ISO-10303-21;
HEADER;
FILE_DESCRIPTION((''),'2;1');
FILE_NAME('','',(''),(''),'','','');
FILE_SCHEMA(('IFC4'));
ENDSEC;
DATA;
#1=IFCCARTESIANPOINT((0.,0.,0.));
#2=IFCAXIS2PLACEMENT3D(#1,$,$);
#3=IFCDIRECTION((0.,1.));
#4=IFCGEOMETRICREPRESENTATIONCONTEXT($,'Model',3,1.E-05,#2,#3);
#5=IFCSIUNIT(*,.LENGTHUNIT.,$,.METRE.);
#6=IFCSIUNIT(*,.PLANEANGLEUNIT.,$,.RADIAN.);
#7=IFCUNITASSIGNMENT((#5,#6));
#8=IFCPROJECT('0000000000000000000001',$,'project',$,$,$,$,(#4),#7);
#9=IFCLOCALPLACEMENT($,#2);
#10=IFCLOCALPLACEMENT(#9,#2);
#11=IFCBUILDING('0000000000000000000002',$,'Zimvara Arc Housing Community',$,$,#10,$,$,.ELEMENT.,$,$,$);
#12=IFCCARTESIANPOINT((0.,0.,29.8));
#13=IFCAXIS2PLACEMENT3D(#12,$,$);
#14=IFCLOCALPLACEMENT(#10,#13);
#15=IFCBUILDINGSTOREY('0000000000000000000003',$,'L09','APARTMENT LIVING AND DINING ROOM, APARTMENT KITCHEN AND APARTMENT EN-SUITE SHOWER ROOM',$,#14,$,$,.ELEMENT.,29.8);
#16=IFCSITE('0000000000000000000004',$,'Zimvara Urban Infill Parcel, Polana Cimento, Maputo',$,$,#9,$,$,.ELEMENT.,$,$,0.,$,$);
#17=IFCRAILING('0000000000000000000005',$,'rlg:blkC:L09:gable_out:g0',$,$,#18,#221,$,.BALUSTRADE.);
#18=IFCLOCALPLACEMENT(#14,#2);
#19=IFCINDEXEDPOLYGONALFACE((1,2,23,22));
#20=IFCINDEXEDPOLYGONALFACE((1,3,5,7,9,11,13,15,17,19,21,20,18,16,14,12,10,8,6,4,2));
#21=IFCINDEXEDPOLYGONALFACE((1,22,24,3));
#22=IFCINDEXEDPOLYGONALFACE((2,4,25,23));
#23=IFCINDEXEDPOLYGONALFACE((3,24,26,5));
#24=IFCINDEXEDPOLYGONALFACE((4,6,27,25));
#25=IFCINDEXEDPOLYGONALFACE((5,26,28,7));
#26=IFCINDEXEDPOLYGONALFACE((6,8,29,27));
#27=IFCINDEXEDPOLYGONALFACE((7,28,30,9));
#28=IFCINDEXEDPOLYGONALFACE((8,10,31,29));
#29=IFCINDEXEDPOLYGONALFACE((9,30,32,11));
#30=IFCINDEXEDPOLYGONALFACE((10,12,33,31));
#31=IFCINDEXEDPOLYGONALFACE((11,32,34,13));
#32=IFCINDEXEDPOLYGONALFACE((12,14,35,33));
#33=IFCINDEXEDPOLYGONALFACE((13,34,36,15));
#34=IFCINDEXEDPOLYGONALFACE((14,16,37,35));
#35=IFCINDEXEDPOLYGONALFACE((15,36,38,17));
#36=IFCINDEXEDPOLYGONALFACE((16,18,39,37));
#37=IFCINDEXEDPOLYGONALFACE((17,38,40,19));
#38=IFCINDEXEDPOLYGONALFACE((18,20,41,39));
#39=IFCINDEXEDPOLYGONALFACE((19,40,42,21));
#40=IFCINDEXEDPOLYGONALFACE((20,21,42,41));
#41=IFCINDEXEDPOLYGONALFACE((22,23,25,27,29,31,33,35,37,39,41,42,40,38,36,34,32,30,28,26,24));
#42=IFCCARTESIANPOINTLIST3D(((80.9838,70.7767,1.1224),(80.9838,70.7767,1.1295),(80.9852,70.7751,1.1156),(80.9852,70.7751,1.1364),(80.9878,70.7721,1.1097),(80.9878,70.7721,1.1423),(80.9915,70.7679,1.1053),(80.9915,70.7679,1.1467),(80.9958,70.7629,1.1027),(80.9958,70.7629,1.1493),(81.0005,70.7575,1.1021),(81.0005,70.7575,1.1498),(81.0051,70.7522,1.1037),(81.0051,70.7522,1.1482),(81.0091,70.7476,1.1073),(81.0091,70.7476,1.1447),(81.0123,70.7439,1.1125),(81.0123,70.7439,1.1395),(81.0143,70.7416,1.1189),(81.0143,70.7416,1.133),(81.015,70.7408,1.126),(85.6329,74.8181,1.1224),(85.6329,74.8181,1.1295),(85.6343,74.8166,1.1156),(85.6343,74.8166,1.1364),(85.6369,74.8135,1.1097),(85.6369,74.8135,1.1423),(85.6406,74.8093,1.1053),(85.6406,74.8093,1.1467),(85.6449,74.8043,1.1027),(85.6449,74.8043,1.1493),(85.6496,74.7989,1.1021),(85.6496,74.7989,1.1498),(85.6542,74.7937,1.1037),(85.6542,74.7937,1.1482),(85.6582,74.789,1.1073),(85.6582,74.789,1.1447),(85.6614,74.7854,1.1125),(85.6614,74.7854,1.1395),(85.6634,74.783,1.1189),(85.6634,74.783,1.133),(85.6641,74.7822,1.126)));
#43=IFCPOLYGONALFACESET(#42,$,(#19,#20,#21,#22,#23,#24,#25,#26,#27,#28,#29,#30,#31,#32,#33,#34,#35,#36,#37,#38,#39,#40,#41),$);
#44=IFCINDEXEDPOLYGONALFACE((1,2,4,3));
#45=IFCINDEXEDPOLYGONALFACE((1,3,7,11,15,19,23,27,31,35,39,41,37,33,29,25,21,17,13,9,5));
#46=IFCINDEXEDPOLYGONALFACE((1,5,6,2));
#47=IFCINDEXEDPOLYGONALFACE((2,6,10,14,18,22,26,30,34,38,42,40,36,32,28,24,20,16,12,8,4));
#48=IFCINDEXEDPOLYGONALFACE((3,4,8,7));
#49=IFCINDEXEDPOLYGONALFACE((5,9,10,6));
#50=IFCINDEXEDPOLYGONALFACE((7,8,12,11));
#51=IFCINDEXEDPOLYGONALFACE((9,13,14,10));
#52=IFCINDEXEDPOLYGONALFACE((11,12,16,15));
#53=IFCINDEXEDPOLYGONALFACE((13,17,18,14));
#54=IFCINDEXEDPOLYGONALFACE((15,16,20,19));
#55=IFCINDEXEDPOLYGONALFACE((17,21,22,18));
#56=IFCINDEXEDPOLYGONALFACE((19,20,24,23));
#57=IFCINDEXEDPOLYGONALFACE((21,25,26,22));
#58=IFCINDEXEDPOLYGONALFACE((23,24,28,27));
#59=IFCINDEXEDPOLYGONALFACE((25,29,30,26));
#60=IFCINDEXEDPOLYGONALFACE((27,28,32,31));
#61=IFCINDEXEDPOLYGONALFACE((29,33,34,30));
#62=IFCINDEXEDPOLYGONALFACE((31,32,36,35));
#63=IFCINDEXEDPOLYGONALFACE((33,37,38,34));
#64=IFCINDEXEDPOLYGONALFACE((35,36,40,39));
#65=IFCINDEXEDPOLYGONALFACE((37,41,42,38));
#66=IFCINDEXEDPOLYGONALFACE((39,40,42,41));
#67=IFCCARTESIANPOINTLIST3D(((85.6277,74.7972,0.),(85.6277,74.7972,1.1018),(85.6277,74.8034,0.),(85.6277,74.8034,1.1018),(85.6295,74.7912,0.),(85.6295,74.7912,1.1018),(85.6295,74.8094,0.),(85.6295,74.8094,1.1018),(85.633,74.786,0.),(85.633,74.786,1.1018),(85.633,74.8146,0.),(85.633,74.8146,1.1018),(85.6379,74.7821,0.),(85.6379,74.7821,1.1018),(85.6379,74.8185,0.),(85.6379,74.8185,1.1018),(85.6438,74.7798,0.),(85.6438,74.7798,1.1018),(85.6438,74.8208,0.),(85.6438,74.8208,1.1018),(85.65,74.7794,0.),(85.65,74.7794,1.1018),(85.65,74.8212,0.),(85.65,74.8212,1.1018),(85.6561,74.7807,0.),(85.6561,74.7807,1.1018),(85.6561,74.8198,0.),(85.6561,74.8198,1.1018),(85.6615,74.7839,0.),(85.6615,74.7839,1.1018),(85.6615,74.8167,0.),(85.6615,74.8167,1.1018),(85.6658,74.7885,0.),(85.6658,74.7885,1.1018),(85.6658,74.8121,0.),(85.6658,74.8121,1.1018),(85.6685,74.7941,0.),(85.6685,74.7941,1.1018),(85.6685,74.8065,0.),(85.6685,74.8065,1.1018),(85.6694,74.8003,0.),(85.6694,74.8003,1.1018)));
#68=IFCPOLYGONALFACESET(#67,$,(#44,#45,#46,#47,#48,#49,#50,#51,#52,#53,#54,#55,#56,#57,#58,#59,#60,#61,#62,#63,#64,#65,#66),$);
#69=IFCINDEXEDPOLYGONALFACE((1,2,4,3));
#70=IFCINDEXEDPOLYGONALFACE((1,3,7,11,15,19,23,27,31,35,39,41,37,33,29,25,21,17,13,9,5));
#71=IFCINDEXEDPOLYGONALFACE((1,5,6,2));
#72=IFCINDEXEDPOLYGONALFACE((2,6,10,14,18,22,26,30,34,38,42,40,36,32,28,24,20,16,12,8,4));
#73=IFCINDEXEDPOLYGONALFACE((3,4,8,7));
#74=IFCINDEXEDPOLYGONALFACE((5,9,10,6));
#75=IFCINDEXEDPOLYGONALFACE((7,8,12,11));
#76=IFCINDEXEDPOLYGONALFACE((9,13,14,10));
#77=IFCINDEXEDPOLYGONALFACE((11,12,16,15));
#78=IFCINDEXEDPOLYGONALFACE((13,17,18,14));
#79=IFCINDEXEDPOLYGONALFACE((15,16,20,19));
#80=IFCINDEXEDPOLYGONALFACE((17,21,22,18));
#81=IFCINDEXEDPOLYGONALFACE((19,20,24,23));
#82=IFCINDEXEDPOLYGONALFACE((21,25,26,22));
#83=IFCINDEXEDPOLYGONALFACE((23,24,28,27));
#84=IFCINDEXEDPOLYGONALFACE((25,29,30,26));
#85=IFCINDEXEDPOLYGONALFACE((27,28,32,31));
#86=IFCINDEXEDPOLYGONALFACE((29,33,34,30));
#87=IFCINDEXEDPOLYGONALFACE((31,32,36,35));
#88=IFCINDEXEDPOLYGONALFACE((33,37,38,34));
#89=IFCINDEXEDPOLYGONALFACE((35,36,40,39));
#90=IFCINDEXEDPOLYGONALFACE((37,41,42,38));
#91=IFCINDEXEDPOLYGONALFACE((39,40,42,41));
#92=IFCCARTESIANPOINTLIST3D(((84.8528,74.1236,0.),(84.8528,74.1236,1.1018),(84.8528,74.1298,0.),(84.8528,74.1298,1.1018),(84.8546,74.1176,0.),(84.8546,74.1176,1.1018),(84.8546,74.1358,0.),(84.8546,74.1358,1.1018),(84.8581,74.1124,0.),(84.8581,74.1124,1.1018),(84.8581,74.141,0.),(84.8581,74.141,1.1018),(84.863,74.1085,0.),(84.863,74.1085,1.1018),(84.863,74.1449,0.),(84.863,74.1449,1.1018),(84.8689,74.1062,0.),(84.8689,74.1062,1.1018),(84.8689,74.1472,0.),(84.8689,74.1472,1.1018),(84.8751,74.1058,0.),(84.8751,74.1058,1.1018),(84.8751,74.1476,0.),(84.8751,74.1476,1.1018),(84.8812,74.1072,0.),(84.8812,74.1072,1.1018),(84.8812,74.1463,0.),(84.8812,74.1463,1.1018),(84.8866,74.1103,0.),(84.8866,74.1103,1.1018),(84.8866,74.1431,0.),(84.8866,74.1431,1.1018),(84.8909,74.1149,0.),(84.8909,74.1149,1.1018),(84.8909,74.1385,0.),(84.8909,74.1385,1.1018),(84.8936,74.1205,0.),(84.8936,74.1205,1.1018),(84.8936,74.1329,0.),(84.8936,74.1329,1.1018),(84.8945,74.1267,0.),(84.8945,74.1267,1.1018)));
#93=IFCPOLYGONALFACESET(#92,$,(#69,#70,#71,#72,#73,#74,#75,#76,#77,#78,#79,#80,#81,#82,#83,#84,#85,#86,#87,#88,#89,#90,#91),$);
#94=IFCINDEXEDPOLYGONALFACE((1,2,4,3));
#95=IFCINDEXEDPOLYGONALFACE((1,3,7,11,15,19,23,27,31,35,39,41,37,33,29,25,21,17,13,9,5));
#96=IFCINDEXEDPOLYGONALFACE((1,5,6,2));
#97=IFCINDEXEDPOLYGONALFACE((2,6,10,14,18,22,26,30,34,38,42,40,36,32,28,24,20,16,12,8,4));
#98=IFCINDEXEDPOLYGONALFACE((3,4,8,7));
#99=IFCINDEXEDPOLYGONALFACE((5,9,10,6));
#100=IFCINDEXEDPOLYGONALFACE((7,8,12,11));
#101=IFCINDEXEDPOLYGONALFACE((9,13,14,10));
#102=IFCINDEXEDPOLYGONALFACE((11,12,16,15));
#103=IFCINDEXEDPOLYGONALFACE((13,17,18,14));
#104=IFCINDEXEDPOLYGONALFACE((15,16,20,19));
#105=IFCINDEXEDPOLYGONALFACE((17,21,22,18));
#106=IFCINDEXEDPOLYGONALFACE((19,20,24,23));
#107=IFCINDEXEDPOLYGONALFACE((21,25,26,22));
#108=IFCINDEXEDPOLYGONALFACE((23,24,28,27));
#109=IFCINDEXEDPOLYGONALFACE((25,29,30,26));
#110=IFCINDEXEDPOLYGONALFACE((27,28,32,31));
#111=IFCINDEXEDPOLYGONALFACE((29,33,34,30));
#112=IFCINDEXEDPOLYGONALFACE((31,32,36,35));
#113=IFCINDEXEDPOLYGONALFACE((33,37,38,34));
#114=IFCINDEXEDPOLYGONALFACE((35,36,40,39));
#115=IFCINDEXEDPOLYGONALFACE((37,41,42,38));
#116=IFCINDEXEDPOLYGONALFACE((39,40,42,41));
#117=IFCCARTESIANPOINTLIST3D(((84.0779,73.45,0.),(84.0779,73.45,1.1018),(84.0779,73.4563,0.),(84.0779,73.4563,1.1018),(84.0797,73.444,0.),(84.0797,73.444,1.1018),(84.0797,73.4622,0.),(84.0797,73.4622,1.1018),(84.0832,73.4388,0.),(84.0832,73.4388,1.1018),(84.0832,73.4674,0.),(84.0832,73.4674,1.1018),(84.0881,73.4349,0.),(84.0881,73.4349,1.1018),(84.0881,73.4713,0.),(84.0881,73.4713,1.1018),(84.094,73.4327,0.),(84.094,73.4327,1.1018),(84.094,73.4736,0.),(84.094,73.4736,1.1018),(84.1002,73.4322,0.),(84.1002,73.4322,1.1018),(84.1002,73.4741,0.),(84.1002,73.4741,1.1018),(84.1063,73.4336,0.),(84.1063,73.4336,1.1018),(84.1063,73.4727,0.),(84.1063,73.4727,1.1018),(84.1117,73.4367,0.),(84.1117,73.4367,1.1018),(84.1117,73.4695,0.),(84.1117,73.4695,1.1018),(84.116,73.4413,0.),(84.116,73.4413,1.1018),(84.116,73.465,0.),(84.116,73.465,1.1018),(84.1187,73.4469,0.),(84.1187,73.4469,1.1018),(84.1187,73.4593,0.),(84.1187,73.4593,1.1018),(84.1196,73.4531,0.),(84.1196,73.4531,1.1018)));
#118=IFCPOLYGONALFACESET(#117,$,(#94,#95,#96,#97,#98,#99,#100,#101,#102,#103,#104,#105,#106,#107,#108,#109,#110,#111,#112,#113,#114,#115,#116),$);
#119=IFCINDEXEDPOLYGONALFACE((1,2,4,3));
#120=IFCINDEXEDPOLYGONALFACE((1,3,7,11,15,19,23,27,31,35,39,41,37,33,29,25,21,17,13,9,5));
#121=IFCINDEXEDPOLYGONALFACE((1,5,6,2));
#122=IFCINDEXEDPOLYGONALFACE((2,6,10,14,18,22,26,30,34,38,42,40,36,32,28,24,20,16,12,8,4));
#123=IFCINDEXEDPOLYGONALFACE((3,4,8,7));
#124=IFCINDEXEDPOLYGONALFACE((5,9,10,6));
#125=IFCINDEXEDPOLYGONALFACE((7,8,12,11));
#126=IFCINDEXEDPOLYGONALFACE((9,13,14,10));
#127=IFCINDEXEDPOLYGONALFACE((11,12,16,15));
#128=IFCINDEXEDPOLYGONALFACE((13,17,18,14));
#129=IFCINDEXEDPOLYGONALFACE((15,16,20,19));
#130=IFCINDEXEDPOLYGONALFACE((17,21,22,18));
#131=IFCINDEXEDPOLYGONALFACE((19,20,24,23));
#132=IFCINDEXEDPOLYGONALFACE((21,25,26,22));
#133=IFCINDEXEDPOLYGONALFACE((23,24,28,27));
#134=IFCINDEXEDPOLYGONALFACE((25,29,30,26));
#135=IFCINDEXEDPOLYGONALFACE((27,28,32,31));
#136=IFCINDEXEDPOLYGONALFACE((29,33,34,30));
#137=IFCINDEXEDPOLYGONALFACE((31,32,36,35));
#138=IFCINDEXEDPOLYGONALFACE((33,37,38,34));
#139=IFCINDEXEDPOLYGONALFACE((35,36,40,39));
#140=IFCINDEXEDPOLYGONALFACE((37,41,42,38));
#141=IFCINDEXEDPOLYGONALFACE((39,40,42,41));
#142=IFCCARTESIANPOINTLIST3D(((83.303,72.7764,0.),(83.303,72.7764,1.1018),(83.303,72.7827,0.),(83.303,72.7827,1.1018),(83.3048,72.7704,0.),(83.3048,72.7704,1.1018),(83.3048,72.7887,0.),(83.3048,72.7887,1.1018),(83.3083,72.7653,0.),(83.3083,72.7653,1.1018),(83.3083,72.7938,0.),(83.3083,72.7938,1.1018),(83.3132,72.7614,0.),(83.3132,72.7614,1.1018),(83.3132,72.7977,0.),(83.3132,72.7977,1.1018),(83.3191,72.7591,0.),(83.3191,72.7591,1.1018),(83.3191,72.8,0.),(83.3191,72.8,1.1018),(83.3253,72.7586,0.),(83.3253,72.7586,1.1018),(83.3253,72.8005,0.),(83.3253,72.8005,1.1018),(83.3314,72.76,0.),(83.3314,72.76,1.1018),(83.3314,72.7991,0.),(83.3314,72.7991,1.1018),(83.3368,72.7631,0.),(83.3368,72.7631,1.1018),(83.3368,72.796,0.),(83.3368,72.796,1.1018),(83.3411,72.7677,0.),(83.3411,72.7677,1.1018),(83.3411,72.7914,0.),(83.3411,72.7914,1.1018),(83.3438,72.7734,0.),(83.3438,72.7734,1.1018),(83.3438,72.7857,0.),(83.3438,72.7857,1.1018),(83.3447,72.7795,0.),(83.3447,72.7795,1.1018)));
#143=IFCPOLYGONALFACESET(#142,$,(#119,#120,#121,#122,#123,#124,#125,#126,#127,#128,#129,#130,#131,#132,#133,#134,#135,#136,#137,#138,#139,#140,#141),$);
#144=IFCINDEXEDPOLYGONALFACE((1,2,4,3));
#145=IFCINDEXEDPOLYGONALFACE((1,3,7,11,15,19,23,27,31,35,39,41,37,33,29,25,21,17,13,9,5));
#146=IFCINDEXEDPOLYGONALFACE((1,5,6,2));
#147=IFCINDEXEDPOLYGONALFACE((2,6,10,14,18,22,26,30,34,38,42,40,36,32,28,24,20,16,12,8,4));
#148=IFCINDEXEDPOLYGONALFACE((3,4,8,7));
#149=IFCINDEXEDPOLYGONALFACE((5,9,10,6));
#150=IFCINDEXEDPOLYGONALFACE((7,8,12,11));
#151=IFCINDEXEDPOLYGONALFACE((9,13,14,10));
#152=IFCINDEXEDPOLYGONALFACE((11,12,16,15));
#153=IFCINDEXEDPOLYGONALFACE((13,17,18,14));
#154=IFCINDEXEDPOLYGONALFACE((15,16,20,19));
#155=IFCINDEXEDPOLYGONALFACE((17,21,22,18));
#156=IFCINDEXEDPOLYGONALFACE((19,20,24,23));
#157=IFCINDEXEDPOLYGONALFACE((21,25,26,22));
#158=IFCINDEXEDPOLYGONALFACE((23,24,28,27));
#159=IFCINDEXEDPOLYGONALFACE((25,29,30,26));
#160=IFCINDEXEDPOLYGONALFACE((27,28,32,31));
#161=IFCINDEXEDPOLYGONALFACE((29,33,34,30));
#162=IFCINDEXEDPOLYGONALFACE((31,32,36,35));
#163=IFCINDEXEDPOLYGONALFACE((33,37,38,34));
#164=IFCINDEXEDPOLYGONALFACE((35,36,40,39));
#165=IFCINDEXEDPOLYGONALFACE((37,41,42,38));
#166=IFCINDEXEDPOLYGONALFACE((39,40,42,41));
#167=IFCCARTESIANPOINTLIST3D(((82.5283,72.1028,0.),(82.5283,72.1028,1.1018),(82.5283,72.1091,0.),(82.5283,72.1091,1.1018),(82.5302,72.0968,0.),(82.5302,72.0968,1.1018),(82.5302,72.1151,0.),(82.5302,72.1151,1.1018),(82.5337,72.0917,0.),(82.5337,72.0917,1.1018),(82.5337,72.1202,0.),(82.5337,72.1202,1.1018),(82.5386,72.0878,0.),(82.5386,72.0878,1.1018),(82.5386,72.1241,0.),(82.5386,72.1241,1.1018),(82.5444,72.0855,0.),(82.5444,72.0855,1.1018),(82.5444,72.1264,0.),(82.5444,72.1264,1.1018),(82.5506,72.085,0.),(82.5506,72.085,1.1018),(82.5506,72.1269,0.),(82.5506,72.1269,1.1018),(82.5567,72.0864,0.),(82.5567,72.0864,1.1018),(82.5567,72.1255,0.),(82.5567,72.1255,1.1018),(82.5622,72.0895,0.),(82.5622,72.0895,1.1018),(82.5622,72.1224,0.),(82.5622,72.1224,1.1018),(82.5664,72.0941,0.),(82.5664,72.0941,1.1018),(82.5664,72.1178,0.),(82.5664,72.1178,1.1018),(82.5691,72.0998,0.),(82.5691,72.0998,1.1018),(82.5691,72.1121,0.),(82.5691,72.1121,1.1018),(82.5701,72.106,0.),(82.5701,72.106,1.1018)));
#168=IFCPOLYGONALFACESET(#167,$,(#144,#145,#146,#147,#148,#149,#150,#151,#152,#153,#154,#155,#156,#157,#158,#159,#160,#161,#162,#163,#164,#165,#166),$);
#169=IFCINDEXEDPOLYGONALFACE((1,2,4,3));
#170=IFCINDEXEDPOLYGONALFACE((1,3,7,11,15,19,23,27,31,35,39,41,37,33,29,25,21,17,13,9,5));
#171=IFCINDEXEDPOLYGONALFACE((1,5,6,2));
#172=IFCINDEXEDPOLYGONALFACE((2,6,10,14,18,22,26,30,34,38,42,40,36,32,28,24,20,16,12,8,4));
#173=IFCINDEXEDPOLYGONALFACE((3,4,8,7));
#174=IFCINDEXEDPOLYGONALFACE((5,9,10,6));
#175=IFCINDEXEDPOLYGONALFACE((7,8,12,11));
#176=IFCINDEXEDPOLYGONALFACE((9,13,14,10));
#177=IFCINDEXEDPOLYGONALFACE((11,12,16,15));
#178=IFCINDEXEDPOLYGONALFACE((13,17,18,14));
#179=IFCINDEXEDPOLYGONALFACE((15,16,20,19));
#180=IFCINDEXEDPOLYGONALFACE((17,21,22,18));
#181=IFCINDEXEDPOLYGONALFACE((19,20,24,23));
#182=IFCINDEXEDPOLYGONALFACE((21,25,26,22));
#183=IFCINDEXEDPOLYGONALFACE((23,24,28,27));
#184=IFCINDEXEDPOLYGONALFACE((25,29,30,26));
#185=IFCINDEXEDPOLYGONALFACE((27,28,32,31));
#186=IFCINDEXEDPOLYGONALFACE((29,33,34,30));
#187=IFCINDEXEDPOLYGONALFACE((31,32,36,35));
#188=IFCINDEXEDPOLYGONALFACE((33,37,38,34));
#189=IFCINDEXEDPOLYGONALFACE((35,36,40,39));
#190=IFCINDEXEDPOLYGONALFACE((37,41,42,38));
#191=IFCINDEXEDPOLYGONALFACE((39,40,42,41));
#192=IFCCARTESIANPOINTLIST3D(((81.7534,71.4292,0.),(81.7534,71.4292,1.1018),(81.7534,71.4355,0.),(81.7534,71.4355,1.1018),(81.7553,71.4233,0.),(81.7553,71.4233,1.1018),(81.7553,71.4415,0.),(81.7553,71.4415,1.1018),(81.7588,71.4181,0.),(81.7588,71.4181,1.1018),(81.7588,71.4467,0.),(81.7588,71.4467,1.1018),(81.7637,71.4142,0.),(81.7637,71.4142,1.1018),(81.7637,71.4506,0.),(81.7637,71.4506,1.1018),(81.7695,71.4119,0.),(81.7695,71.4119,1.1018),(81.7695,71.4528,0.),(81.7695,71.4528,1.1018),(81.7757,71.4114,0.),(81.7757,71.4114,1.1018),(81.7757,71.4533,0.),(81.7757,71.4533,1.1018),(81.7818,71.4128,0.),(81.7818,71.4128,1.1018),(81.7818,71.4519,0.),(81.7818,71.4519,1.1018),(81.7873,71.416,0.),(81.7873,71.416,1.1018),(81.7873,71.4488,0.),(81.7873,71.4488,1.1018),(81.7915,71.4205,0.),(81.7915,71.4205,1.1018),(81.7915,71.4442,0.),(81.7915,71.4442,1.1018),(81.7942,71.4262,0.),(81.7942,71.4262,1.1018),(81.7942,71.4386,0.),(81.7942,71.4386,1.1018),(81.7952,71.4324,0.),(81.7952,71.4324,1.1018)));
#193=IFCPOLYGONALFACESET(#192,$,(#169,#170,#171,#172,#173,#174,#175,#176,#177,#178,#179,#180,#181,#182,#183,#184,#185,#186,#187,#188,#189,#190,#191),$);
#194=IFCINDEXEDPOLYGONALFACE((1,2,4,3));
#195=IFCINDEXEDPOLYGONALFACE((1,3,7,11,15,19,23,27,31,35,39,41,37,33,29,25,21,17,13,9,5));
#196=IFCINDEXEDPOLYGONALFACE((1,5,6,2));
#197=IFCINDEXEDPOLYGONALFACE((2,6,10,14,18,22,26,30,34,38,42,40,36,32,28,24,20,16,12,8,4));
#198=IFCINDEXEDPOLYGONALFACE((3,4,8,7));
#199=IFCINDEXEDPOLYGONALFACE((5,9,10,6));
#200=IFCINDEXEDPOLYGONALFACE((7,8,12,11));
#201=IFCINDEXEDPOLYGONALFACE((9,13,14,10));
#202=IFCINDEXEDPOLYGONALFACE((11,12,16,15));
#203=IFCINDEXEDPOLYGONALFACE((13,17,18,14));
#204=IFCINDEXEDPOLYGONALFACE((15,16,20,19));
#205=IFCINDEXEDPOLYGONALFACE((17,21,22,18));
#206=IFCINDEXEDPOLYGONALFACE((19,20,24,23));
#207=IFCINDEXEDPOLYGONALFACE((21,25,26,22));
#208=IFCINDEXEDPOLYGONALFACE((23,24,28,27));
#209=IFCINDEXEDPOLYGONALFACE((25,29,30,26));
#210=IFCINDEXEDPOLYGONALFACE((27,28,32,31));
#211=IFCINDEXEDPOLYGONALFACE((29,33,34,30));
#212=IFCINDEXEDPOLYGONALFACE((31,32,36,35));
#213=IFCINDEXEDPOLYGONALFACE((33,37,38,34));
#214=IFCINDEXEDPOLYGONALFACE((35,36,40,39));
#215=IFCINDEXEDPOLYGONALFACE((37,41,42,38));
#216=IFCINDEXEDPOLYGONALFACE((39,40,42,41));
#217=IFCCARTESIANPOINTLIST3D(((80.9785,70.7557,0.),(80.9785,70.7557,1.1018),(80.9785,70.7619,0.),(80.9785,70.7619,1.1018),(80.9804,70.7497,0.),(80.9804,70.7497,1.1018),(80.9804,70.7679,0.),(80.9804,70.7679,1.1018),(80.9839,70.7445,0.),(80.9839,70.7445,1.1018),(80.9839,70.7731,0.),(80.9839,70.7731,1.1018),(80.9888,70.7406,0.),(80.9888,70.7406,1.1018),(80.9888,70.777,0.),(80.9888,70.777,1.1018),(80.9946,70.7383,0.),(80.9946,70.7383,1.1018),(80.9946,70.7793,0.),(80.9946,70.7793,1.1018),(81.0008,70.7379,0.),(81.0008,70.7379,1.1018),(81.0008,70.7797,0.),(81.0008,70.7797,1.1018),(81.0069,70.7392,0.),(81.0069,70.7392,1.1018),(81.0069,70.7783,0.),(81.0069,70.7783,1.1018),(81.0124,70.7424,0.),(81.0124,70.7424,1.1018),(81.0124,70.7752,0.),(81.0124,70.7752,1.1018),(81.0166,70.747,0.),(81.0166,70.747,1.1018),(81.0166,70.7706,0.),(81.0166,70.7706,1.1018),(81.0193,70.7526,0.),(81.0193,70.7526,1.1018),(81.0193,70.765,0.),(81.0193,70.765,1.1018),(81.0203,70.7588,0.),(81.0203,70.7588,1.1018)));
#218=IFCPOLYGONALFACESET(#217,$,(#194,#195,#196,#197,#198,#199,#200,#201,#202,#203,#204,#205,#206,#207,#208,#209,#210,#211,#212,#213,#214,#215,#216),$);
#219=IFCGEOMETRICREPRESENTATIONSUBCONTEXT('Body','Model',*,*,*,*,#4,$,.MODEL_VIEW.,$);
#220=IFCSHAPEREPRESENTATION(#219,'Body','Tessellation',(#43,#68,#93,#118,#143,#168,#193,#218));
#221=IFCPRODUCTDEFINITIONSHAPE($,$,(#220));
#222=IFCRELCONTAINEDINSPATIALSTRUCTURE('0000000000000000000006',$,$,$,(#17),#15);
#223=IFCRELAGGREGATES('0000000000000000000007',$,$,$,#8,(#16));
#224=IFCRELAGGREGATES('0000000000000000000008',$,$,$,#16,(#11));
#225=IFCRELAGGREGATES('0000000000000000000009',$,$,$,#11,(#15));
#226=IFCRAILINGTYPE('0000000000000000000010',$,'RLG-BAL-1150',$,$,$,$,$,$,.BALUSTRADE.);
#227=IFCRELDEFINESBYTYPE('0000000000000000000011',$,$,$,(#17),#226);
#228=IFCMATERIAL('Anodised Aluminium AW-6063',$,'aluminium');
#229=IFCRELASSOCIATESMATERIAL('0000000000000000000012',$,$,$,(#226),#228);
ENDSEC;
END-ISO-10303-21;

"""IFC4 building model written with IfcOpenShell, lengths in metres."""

from ifc_helpers import new_model, si_unit, direction, frame, origin, origin_2d, place, context, subcontext, project, spatial, circle, extrude, material, type_object, element, save


model = new_model("IFC4")

# Units and contexts
model_context = context("Model", 3, precision=1e-05, world=origin(), true_north=direction((0.0, 1.0)))
body_context = subcontext(model_context, "Body", "Model", "MODEL_VIEW")
ifc_project = project(units=[si_unit("LENGTHUNIT", "METRE"), si_unit("PLANEANGLEUNIT", "RADIAN")], contexts=[model_context])

# Site, building, storey
site_placement = place(None, origin())
site = spatial("IfcSite", under=ifc_project, at=site_placement, Name="Zimvara Urban Infill Parcel, Polana Cimento, Maputo", CompositionType="ELEMENT", RefElevation=0.0)
building_placement = place(site_placement, origin())
building = spatial("IfcBuilding", under=site, at=building_placement, Name="Zimvara Arc Housing Community", CompositionType="ELEMENT")
storey_placement = place(building_placement, frame((0.0, 0.0, 29.8)))
storey = spatial("IfcBuildingStorey", under=building, at=storey_placement, Name="L09", Description="APARTMENT LIVING AND DINING ROOM, APARTMENT KITCHEN AND APARTMENT EN-SUITE SHOWER ROOM", CompositionType="ELEMENT", Elevation=29.8)

# Railing
ifc_material_1 = material(Name="Anodised Aluminium AW-6063", Category="aluminium")
railing_type_1 = type_object("IfcRailingType", Name="RLG-BAL-1150", PredefinedType="BALUSTRADE", material=ifc_material_1)
railing_1_placement = place(storey_placement, frame((85.6484, 74.8003, 0.0)))
element("IfcRailing", 1, at=railing_1_placement, inside=storey, type_object=railing_type_1, Name="rlg:blkC:L09:gable_out:g0", PredefinedType="BALUSTRADE", context=body_context, shape_type="SweptSolid", body=[
    extrude(circle(Radius=0.0239, at=origin_2d()), frame((0.0, 0.0, 1.126), z_axis=(-0.754706, -0.656063, 0.0), x_axis=(0.656063, -0.754706, 0.0)), (0.0, 0.0, 1.0), 6.1602),
    extrude(circle(Radius=0.021, at=origin_2d()), origin(), (0.0, 0.0, 1.0), 1.1018),
    extrude(circle(Radius=0.021, at=origin_2d()), frame((-0.7749, -0.6736, 0.0)), (0.0, 0.0, 1.0), 1.1018),
    extrude(circle(Radius=0.021, at=origin_2d()), frame((-1.5498, -1.3472, 0.0)), (0.0, 0.0, 1.0), 1.1018),
    extrude(circle(Radius=0.021, at=origin_2d()), frame((-2.3247, -2.0208, 0.0)), (0.0, 0.0, 1.0), 1.1018),
    extrude(circle(Radius=0.021, at=origin_2d()), frame((-3.0994, -2.6943, 0.0)), (0.0, 0.0, 1.0), 1.1018),
    extrude(circle(Radius=0.021, at=origin_2d()), frame((-3.8743, -3.3679, 0.0)), (0.0, 0.0, 1.0), 1.1018),
    extrude(circle(Radius=0.021, at=origin_2d()), frame((-4.6492, -4.0415, 0.0)), (0.0, 0.0, 1.0), 1.1018),
])

save(model, "model.ifc")
